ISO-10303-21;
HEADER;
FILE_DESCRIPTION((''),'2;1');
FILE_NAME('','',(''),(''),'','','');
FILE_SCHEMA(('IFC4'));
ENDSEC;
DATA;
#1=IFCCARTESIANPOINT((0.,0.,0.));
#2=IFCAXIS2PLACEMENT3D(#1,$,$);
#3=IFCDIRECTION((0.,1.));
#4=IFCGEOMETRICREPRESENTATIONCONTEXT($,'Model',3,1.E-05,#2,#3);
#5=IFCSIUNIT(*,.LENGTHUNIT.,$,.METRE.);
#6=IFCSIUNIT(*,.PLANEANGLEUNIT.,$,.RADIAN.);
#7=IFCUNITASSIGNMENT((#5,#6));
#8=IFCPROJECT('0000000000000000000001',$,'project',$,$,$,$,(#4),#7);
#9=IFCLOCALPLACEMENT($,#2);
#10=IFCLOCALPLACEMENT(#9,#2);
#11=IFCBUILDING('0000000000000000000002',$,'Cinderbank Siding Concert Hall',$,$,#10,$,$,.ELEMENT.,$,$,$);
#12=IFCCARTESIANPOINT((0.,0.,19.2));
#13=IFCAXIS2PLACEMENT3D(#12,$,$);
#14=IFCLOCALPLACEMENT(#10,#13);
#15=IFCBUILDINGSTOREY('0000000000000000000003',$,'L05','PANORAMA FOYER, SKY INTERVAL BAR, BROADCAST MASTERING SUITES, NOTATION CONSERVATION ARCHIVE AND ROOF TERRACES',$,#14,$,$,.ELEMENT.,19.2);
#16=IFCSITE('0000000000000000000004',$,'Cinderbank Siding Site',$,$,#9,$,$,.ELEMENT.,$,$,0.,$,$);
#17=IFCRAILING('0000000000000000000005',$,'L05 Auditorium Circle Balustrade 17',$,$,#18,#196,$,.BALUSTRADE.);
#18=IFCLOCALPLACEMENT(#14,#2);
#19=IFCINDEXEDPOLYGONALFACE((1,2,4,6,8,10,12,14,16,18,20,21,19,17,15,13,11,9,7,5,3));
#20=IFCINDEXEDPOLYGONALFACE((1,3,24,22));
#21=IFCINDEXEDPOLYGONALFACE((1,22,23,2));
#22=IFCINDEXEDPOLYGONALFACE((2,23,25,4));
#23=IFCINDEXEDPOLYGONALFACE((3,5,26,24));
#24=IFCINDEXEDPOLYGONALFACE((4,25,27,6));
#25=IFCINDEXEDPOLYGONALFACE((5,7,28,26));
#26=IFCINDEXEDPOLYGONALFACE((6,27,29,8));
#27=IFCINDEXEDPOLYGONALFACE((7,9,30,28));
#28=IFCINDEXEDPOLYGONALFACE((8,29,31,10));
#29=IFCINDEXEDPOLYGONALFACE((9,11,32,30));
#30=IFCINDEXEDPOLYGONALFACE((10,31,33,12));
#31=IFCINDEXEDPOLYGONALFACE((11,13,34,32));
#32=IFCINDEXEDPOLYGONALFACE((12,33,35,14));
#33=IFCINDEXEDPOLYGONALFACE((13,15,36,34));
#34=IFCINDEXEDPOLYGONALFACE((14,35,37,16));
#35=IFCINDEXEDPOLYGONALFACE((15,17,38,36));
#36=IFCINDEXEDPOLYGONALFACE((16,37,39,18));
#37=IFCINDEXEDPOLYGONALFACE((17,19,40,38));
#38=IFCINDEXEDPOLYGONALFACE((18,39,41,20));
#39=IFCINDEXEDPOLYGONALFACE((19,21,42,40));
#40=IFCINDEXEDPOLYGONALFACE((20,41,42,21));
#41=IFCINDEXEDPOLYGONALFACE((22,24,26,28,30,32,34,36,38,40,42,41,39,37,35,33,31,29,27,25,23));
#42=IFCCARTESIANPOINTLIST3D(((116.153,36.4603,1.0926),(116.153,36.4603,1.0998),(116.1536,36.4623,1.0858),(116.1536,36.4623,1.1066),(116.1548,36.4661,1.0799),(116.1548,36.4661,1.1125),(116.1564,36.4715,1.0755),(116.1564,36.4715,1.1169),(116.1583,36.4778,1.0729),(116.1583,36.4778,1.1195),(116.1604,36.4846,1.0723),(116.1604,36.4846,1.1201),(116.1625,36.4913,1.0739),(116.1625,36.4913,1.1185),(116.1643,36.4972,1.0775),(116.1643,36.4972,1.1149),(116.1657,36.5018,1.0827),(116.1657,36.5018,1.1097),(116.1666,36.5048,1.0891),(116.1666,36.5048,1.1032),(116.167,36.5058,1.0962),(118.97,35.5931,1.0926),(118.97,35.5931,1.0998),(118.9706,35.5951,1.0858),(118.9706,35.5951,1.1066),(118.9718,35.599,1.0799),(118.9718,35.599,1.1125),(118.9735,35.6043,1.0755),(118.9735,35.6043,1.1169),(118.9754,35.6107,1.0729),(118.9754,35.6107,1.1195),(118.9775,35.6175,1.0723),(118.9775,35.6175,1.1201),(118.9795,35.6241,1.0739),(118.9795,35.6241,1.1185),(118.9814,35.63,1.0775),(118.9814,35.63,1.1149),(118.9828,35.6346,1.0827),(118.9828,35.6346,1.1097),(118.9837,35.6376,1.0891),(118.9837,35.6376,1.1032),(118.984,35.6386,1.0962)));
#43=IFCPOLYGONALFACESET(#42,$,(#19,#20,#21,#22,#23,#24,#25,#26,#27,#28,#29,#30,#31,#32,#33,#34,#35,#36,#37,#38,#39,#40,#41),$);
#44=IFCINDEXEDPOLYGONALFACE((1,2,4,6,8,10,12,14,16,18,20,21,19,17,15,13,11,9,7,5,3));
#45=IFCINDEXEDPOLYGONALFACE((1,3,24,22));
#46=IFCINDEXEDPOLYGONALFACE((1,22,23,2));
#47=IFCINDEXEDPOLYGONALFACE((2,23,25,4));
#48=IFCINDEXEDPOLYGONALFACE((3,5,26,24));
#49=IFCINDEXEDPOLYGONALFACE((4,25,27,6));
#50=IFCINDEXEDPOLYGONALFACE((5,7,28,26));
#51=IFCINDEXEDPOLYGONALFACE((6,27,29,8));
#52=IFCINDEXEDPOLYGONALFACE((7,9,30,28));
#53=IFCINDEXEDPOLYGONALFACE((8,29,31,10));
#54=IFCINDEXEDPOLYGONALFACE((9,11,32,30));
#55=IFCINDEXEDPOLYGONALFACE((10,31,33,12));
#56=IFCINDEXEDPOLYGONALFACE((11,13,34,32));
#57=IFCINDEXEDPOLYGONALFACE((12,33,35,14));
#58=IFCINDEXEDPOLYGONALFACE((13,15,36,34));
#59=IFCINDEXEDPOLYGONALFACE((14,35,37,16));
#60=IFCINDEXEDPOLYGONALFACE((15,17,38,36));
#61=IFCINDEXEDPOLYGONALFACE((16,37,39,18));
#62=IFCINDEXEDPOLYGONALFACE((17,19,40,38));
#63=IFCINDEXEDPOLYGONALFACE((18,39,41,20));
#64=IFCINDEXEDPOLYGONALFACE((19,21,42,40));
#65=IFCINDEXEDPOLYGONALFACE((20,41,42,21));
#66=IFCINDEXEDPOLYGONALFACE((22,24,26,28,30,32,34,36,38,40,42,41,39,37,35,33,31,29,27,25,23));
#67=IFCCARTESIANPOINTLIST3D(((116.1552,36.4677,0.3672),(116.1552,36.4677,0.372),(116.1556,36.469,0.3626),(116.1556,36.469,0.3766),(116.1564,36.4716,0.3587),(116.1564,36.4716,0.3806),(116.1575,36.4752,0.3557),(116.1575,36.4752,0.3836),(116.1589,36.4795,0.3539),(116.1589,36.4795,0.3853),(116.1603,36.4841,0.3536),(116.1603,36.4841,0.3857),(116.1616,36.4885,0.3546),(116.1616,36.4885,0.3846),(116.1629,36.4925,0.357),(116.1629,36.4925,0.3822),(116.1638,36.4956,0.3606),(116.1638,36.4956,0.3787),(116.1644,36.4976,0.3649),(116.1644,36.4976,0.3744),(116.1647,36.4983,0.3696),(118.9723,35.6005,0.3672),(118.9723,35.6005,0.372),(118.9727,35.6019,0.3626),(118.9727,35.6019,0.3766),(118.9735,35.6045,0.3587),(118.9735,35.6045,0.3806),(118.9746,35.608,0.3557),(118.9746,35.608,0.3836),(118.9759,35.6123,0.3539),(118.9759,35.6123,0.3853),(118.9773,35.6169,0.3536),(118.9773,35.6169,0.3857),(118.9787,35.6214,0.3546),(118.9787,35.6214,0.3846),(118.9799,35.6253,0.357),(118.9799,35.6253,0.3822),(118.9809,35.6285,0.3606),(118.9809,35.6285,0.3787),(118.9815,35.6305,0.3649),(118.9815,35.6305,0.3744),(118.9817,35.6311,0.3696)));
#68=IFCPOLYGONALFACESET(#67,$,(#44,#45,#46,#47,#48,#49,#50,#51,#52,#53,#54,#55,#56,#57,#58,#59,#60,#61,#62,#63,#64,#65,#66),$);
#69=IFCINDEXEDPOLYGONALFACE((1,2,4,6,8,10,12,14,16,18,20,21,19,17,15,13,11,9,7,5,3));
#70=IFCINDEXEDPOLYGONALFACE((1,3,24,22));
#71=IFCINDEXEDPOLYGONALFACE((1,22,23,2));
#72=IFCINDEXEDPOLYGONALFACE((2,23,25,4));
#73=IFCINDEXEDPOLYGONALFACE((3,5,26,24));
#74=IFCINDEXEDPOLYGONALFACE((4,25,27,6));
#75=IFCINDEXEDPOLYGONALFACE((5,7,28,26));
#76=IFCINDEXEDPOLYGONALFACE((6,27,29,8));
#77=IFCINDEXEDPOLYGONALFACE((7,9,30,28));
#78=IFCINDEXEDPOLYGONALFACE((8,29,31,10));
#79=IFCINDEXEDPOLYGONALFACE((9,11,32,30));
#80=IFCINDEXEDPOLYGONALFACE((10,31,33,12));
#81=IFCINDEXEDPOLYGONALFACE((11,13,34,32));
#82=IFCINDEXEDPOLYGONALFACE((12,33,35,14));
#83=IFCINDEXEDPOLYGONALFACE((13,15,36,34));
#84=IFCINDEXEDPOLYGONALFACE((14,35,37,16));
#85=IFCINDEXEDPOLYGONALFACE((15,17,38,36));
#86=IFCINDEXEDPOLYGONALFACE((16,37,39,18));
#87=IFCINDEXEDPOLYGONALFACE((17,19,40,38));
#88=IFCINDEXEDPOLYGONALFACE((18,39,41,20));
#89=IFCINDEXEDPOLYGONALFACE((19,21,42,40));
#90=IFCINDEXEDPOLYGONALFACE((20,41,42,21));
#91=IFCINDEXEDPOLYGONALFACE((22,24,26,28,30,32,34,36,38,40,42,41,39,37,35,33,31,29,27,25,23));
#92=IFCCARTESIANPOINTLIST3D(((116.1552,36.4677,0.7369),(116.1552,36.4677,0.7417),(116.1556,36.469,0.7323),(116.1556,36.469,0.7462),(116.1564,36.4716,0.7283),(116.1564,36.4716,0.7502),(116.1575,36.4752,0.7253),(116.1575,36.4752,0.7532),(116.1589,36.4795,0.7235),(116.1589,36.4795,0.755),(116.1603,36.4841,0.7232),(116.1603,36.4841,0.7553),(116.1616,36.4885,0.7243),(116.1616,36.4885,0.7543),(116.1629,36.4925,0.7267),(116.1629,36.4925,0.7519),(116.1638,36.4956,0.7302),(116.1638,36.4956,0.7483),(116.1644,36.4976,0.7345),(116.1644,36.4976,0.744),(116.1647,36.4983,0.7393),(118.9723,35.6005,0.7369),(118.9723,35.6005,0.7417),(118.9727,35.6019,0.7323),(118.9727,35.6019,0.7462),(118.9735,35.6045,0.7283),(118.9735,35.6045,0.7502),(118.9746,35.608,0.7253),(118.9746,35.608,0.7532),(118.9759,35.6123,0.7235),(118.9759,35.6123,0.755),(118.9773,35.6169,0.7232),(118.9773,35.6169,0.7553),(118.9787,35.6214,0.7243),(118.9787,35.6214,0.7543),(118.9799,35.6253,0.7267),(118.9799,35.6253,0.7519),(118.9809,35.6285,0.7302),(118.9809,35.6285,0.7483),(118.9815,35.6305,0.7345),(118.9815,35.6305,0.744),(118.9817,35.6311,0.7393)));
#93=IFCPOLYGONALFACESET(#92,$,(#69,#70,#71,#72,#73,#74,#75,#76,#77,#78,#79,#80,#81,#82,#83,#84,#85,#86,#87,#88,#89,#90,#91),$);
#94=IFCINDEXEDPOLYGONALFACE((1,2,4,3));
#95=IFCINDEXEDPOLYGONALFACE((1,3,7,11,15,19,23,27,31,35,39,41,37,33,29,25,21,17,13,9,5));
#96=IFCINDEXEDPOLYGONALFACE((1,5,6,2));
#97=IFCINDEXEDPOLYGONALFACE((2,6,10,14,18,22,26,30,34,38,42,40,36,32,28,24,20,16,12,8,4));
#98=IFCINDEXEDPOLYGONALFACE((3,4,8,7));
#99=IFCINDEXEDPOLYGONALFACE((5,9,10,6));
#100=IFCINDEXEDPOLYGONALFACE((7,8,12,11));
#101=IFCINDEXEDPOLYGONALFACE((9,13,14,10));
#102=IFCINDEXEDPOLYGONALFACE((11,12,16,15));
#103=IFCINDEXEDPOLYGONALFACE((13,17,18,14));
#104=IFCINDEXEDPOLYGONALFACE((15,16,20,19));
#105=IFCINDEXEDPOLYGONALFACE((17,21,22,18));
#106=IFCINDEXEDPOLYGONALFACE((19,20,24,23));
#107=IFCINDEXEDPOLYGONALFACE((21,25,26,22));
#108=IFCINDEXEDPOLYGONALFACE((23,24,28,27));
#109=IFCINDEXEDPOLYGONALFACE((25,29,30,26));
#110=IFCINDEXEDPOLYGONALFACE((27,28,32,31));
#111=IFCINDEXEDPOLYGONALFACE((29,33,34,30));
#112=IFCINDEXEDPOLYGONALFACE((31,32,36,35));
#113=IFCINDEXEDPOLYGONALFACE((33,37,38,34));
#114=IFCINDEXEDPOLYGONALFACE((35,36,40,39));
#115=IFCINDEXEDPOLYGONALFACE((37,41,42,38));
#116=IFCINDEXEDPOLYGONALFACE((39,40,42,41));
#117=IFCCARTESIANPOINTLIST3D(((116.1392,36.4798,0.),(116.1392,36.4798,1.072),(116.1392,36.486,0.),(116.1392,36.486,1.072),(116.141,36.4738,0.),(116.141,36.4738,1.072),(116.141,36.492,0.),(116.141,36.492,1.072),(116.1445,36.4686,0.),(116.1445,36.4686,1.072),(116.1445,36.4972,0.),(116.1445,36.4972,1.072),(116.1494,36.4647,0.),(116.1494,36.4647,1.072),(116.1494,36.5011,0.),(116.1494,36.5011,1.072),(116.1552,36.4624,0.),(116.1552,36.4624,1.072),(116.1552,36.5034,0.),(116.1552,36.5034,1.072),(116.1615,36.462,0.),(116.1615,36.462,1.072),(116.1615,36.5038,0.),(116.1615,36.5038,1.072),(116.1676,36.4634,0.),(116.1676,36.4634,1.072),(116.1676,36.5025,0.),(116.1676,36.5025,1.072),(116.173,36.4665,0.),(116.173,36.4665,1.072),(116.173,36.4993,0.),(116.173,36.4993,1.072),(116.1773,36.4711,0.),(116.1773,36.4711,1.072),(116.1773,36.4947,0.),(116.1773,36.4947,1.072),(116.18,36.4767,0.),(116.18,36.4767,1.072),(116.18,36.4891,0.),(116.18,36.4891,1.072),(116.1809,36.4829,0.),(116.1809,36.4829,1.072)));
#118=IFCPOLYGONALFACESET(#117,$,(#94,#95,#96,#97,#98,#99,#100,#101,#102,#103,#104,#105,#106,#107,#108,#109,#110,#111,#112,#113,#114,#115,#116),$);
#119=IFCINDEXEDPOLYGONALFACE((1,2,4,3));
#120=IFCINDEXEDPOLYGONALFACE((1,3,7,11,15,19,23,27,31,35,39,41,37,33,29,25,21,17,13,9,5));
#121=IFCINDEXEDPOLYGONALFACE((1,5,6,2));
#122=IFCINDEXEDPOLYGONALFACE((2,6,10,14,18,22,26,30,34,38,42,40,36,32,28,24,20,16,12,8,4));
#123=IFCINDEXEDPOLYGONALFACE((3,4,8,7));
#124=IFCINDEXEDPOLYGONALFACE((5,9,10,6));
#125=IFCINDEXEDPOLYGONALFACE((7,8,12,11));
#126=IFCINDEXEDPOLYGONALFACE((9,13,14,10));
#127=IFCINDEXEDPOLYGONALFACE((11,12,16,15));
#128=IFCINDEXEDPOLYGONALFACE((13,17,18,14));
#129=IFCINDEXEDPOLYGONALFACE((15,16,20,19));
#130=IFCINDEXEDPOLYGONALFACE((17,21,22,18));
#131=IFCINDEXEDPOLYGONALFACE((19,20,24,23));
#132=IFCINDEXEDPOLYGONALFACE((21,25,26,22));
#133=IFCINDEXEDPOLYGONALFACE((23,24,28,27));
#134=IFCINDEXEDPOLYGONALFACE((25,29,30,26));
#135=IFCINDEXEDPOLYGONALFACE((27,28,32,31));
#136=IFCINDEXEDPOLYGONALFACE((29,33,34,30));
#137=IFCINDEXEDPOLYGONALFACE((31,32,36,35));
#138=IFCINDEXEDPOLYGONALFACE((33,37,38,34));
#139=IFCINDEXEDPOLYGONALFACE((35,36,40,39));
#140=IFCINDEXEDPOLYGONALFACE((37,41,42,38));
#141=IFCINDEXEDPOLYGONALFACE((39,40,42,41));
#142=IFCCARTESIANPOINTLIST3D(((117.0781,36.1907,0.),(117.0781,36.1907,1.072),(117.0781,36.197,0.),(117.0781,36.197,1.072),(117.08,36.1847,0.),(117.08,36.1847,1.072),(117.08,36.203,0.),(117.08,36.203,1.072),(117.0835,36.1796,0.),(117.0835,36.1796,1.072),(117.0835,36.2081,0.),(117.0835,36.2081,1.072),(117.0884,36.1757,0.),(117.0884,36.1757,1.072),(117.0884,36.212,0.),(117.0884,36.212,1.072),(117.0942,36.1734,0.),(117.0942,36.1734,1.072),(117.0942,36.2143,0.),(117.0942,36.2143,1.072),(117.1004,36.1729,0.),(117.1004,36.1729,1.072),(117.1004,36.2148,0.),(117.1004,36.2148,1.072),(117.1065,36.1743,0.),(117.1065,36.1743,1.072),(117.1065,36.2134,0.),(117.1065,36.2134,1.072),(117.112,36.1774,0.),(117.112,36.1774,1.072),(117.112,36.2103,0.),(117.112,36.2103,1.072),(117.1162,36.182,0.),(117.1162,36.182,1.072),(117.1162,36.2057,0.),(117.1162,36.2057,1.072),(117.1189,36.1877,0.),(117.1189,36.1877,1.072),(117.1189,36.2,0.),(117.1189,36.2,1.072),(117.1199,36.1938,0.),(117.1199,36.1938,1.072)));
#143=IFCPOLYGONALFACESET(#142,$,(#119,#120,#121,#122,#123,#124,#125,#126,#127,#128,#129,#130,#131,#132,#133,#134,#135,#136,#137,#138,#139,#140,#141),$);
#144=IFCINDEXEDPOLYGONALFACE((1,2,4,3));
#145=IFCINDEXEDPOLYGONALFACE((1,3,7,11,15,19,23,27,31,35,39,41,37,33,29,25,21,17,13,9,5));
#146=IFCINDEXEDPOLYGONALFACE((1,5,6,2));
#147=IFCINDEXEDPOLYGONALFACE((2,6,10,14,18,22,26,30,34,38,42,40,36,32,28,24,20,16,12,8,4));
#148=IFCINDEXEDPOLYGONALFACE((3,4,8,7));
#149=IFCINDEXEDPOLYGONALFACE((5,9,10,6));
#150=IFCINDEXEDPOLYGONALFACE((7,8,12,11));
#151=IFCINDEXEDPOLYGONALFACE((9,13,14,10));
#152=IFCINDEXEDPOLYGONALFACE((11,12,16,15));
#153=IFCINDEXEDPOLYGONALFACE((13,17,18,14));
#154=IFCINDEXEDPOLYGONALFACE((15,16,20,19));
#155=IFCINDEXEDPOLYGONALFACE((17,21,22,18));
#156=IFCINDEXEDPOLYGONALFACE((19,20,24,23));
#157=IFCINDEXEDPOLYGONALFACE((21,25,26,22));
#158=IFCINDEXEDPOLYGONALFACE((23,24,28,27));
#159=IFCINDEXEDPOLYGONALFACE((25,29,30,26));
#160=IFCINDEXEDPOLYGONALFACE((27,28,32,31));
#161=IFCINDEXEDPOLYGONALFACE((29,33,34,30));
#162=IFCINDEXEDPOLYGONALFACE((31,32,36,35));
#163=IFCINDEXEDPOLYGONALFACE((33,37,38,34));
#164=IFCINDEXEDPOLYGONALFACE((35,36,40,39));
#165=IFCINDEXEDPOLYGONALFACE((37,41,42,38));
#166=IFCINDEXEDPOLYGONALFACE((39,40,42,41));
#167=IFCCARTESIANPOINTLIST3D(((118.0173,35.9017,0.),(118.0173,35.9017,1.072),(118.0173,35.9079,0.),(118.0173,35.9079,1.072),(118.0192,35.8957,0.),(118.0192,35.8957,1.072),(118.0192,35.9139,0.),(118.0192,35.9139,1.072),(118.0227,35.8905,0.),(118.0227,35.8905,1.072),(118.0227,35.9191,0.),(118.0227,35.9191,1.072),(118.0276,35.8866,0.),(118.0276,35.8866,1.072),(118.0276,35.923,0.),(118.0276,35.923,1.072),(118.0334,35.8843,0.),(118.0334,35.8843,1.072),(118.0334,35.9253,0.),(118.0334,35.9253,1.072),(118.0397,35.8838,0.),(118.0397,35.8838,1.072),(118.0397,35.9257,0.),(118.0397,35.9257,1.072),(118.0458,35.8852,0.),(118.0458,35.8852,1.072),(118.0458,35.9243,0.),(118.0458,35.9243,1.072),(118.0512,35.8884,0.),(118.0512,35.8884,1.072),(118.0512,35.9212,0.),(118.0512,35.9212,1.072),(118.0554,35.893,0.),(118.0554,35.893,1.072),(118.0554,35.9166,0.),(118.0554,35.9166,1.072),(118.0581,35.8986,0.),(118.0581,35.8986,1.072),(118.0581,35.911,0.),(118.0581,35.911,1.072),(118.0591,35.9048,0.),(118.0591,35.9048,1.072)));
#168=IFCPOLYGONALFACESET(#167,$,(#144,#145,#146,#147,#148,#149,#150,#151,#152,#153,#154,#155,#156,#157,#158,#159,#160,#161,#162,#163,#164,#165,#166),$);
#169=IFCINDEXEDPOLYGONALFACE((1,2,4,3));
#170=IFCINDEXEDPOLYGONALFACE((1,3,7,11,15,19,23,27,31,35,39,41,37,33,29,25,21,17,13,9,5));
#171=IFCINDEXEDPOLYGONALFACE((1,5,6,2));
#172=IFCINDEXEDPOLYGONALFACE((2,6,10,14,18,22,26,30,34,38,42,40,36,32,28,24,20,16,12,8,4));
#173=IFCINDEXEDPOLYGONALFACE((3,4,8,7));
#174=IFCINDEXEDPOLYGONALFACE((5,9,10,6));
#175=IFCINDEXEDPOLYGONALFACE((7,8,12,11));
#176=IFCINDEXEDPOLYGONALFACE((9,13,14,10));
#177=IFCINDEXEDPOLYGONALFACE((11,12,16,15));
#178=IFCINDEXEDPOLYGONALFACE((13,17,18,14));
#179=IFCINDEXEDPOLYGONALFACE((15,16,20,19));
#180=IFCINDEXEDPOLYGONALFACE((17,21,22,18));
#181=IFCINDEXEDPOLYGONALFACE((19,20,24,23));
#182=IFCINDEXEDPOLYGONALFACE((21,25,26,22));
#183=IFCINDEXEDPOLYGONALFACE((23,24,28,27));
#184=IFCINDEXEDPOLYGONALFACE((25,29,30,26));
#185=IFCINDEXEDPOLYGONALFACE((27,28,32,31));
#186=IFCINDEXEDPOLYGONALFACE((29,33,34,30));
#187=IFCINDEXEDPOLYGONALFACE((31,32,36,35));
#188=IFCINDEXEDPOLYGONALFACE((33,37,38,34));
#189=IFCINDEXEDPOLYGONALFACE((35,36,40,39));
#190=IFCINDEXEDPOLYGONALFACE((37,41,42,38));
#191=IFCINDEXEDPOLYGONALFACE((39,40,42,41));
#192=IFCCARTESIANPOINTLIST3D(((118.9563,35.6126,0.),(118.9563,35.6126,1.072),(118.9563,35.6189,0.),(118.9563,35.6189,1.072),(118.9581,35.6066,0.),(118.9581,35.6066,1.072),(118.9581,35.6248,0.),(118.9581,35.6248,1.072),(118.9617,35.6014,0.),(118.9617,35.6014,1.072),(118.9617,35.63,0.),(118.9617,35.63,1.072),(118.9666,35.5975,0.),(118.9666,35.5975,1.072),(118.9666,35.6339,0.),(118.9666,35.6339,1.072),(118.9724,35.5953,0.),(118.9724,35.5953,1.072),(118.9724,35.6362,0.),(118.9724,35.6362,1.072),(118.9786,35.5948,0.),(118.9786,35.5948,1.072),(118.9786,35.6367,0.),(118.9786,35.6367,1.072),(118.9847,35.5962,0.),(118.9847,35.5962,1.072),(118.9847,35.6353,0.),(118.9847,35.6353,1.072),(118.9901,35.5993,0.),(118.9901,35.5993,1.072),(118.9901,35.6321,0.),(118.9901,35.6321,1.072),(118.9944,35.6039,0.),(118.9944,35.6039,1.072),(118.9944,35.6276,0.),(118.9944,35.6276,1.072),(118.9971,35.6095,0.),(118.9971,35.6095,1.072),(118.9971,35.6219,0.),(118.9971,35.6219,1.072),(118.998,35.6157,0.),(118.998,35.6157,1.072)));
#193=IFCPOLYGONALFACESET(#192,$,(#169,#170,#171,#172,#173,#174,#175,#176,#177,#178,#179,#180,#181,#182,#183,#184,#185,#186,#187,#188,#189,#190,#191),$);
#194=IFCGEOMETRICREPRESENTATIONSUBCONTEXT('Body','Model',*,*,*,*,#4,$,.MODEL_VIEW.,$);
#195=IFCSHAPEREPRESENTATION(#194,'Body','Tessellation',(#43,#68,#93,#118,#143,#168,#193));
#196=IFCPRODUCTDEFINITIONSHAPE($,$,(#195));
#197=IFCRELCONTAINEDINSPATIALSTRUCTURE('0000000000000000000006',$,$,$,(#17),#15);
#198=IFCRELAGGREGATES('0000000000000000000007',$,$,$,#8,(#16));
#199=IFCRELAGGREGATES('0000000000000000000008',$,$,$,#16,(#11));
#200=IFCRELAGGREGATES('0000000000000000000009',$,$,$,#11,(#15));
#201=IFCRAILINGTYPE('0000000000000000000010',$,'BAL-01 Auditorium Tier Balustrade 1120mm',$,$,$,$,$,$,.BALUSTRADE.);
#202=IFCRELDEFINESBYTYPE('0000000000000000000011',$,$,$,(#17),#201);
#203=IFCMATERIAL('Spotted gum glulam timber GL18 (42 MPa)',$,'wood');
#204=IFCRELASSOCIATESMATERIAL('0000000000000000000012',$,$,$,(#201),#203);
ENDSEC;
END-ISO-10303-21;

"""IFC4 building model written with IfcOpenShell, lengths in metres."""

from ifc_helpers import new_model, si_unit, direction, frame, origin, origin_2d, place, context, subcontext, project, spatial, circle, extrude, material, type_object, element, save


model = new_model("IFC4")

# Units and contexts
model_context = context("Model", 3, precision=1e-05, world=origin(), true_north=direction((0.0, 1.0)))
body_context = subcontext(model_context, "Body", "Model", "MODEL_VIEW")
ifc_project = project(units=[si_unit("LENGTHUNIT", "METRE"), si_unit("PLANEANGLEUNIT", "RADIAN")], contexts=[model_context])

# Site, building, storey
site_placement = place(None, origin())
site = spatial("IfcSite", under=ifc_project, at=site_placement, Name="Cinderbank Siding Site", CompositionType="ELEMENT", RefElevation=0.0)
building_placement = place(site_placement, origin())
building = spatial("IfcBuilding", under=site, at=building_placement, Name="Cinderbank Siding Concert Hall", CompositionType="ELEMENT")
storey_placement = place(building_placement, frame((0.0, 0.0, 19.2)))
storey = spatial("IfcBuildingStorey", under=building, at=storey_placement, Name="L05", Description="PANORAMA FOYER, SKY INTERVAL BAR, BROADCAST MASTERING SUITES, NOTATION CONSERVATION ARCHIVE AND ROOF TERRACES", CompositionType="ELEMENT", Elevation=19.2)

# Railing
ifc_material_1 = material(Name="Spotted gum glulam timber GL18 (42 MPa)", Category="wood")
railing_type = type_object("IfcRailingType", Name="BAL-01 Auditorium Tier Balustrade 1120mm", PredefinedType="BALUSTRADE", material=ifc_material_1)
railing_1_placement = place(storey_placement, frame((116.1599, 36.4829, 0.0)))
element("IfcRailing", 1, at=railing_1_placement, inside=storey, type_object=railing_type, Name="L05 Auditorium Circle Balustrade 17", PredefinedType="BALUSTRADE", context=body_context, shape_type="SweptSolid", body=[
    extrude(circle(Radius=0.0239, at=origin_2d()), frame((0.0, 0.0, 1.0962), z_axis=(0.955743, -0.294202, 0.0), x_axis=(0.294202, 0.955743, 0.0)), (0.0, 0.0, 1.0), 2.9475),
    extrude(circle(Radius=0.0161, at=origin_2d()), frame((0.0, 0.0, 0.3696), z_axis=(0.955743, -0.294202, 0.0), x_axis=(0.294202, 0.955743, 0.0)), (0.0, 0.0, 1.0), 2.9475),
    extrude(circle(Radius=0.0161, at=origin_2d()), frame((0.0, 0.0, 0.7393), z_axis=(0.955743, -0.294202, 0.0), x_axis=(0.294202, 0.955743, 0.0)), (0.0, 0.0, 1.0), 2.9475),
    extrude(circle(Radius=0.021, at=origin_2d()), origin(), (0.0, 0.0, 1.0), 1.072),
    extrude(circle(Radius=0.021, at=origin_2d()), frame((0.939, -0.2891, 0.0)), (0.0, 0.0, 1.0), 1.072),
    extrude(circle(Radius=0.021, at=origin_2d()), frame((1.8782, -0.5781, 0.0)), (0.0, 0.0, 1.0), 1.072),
    extrude(circle(Radius=0.021, at=origin_2d()), frame((2.8171, -0.8672, 0.0)), (0.0, 0.0, 1.0), 1.072),
])

save(model, "model.ifc")
